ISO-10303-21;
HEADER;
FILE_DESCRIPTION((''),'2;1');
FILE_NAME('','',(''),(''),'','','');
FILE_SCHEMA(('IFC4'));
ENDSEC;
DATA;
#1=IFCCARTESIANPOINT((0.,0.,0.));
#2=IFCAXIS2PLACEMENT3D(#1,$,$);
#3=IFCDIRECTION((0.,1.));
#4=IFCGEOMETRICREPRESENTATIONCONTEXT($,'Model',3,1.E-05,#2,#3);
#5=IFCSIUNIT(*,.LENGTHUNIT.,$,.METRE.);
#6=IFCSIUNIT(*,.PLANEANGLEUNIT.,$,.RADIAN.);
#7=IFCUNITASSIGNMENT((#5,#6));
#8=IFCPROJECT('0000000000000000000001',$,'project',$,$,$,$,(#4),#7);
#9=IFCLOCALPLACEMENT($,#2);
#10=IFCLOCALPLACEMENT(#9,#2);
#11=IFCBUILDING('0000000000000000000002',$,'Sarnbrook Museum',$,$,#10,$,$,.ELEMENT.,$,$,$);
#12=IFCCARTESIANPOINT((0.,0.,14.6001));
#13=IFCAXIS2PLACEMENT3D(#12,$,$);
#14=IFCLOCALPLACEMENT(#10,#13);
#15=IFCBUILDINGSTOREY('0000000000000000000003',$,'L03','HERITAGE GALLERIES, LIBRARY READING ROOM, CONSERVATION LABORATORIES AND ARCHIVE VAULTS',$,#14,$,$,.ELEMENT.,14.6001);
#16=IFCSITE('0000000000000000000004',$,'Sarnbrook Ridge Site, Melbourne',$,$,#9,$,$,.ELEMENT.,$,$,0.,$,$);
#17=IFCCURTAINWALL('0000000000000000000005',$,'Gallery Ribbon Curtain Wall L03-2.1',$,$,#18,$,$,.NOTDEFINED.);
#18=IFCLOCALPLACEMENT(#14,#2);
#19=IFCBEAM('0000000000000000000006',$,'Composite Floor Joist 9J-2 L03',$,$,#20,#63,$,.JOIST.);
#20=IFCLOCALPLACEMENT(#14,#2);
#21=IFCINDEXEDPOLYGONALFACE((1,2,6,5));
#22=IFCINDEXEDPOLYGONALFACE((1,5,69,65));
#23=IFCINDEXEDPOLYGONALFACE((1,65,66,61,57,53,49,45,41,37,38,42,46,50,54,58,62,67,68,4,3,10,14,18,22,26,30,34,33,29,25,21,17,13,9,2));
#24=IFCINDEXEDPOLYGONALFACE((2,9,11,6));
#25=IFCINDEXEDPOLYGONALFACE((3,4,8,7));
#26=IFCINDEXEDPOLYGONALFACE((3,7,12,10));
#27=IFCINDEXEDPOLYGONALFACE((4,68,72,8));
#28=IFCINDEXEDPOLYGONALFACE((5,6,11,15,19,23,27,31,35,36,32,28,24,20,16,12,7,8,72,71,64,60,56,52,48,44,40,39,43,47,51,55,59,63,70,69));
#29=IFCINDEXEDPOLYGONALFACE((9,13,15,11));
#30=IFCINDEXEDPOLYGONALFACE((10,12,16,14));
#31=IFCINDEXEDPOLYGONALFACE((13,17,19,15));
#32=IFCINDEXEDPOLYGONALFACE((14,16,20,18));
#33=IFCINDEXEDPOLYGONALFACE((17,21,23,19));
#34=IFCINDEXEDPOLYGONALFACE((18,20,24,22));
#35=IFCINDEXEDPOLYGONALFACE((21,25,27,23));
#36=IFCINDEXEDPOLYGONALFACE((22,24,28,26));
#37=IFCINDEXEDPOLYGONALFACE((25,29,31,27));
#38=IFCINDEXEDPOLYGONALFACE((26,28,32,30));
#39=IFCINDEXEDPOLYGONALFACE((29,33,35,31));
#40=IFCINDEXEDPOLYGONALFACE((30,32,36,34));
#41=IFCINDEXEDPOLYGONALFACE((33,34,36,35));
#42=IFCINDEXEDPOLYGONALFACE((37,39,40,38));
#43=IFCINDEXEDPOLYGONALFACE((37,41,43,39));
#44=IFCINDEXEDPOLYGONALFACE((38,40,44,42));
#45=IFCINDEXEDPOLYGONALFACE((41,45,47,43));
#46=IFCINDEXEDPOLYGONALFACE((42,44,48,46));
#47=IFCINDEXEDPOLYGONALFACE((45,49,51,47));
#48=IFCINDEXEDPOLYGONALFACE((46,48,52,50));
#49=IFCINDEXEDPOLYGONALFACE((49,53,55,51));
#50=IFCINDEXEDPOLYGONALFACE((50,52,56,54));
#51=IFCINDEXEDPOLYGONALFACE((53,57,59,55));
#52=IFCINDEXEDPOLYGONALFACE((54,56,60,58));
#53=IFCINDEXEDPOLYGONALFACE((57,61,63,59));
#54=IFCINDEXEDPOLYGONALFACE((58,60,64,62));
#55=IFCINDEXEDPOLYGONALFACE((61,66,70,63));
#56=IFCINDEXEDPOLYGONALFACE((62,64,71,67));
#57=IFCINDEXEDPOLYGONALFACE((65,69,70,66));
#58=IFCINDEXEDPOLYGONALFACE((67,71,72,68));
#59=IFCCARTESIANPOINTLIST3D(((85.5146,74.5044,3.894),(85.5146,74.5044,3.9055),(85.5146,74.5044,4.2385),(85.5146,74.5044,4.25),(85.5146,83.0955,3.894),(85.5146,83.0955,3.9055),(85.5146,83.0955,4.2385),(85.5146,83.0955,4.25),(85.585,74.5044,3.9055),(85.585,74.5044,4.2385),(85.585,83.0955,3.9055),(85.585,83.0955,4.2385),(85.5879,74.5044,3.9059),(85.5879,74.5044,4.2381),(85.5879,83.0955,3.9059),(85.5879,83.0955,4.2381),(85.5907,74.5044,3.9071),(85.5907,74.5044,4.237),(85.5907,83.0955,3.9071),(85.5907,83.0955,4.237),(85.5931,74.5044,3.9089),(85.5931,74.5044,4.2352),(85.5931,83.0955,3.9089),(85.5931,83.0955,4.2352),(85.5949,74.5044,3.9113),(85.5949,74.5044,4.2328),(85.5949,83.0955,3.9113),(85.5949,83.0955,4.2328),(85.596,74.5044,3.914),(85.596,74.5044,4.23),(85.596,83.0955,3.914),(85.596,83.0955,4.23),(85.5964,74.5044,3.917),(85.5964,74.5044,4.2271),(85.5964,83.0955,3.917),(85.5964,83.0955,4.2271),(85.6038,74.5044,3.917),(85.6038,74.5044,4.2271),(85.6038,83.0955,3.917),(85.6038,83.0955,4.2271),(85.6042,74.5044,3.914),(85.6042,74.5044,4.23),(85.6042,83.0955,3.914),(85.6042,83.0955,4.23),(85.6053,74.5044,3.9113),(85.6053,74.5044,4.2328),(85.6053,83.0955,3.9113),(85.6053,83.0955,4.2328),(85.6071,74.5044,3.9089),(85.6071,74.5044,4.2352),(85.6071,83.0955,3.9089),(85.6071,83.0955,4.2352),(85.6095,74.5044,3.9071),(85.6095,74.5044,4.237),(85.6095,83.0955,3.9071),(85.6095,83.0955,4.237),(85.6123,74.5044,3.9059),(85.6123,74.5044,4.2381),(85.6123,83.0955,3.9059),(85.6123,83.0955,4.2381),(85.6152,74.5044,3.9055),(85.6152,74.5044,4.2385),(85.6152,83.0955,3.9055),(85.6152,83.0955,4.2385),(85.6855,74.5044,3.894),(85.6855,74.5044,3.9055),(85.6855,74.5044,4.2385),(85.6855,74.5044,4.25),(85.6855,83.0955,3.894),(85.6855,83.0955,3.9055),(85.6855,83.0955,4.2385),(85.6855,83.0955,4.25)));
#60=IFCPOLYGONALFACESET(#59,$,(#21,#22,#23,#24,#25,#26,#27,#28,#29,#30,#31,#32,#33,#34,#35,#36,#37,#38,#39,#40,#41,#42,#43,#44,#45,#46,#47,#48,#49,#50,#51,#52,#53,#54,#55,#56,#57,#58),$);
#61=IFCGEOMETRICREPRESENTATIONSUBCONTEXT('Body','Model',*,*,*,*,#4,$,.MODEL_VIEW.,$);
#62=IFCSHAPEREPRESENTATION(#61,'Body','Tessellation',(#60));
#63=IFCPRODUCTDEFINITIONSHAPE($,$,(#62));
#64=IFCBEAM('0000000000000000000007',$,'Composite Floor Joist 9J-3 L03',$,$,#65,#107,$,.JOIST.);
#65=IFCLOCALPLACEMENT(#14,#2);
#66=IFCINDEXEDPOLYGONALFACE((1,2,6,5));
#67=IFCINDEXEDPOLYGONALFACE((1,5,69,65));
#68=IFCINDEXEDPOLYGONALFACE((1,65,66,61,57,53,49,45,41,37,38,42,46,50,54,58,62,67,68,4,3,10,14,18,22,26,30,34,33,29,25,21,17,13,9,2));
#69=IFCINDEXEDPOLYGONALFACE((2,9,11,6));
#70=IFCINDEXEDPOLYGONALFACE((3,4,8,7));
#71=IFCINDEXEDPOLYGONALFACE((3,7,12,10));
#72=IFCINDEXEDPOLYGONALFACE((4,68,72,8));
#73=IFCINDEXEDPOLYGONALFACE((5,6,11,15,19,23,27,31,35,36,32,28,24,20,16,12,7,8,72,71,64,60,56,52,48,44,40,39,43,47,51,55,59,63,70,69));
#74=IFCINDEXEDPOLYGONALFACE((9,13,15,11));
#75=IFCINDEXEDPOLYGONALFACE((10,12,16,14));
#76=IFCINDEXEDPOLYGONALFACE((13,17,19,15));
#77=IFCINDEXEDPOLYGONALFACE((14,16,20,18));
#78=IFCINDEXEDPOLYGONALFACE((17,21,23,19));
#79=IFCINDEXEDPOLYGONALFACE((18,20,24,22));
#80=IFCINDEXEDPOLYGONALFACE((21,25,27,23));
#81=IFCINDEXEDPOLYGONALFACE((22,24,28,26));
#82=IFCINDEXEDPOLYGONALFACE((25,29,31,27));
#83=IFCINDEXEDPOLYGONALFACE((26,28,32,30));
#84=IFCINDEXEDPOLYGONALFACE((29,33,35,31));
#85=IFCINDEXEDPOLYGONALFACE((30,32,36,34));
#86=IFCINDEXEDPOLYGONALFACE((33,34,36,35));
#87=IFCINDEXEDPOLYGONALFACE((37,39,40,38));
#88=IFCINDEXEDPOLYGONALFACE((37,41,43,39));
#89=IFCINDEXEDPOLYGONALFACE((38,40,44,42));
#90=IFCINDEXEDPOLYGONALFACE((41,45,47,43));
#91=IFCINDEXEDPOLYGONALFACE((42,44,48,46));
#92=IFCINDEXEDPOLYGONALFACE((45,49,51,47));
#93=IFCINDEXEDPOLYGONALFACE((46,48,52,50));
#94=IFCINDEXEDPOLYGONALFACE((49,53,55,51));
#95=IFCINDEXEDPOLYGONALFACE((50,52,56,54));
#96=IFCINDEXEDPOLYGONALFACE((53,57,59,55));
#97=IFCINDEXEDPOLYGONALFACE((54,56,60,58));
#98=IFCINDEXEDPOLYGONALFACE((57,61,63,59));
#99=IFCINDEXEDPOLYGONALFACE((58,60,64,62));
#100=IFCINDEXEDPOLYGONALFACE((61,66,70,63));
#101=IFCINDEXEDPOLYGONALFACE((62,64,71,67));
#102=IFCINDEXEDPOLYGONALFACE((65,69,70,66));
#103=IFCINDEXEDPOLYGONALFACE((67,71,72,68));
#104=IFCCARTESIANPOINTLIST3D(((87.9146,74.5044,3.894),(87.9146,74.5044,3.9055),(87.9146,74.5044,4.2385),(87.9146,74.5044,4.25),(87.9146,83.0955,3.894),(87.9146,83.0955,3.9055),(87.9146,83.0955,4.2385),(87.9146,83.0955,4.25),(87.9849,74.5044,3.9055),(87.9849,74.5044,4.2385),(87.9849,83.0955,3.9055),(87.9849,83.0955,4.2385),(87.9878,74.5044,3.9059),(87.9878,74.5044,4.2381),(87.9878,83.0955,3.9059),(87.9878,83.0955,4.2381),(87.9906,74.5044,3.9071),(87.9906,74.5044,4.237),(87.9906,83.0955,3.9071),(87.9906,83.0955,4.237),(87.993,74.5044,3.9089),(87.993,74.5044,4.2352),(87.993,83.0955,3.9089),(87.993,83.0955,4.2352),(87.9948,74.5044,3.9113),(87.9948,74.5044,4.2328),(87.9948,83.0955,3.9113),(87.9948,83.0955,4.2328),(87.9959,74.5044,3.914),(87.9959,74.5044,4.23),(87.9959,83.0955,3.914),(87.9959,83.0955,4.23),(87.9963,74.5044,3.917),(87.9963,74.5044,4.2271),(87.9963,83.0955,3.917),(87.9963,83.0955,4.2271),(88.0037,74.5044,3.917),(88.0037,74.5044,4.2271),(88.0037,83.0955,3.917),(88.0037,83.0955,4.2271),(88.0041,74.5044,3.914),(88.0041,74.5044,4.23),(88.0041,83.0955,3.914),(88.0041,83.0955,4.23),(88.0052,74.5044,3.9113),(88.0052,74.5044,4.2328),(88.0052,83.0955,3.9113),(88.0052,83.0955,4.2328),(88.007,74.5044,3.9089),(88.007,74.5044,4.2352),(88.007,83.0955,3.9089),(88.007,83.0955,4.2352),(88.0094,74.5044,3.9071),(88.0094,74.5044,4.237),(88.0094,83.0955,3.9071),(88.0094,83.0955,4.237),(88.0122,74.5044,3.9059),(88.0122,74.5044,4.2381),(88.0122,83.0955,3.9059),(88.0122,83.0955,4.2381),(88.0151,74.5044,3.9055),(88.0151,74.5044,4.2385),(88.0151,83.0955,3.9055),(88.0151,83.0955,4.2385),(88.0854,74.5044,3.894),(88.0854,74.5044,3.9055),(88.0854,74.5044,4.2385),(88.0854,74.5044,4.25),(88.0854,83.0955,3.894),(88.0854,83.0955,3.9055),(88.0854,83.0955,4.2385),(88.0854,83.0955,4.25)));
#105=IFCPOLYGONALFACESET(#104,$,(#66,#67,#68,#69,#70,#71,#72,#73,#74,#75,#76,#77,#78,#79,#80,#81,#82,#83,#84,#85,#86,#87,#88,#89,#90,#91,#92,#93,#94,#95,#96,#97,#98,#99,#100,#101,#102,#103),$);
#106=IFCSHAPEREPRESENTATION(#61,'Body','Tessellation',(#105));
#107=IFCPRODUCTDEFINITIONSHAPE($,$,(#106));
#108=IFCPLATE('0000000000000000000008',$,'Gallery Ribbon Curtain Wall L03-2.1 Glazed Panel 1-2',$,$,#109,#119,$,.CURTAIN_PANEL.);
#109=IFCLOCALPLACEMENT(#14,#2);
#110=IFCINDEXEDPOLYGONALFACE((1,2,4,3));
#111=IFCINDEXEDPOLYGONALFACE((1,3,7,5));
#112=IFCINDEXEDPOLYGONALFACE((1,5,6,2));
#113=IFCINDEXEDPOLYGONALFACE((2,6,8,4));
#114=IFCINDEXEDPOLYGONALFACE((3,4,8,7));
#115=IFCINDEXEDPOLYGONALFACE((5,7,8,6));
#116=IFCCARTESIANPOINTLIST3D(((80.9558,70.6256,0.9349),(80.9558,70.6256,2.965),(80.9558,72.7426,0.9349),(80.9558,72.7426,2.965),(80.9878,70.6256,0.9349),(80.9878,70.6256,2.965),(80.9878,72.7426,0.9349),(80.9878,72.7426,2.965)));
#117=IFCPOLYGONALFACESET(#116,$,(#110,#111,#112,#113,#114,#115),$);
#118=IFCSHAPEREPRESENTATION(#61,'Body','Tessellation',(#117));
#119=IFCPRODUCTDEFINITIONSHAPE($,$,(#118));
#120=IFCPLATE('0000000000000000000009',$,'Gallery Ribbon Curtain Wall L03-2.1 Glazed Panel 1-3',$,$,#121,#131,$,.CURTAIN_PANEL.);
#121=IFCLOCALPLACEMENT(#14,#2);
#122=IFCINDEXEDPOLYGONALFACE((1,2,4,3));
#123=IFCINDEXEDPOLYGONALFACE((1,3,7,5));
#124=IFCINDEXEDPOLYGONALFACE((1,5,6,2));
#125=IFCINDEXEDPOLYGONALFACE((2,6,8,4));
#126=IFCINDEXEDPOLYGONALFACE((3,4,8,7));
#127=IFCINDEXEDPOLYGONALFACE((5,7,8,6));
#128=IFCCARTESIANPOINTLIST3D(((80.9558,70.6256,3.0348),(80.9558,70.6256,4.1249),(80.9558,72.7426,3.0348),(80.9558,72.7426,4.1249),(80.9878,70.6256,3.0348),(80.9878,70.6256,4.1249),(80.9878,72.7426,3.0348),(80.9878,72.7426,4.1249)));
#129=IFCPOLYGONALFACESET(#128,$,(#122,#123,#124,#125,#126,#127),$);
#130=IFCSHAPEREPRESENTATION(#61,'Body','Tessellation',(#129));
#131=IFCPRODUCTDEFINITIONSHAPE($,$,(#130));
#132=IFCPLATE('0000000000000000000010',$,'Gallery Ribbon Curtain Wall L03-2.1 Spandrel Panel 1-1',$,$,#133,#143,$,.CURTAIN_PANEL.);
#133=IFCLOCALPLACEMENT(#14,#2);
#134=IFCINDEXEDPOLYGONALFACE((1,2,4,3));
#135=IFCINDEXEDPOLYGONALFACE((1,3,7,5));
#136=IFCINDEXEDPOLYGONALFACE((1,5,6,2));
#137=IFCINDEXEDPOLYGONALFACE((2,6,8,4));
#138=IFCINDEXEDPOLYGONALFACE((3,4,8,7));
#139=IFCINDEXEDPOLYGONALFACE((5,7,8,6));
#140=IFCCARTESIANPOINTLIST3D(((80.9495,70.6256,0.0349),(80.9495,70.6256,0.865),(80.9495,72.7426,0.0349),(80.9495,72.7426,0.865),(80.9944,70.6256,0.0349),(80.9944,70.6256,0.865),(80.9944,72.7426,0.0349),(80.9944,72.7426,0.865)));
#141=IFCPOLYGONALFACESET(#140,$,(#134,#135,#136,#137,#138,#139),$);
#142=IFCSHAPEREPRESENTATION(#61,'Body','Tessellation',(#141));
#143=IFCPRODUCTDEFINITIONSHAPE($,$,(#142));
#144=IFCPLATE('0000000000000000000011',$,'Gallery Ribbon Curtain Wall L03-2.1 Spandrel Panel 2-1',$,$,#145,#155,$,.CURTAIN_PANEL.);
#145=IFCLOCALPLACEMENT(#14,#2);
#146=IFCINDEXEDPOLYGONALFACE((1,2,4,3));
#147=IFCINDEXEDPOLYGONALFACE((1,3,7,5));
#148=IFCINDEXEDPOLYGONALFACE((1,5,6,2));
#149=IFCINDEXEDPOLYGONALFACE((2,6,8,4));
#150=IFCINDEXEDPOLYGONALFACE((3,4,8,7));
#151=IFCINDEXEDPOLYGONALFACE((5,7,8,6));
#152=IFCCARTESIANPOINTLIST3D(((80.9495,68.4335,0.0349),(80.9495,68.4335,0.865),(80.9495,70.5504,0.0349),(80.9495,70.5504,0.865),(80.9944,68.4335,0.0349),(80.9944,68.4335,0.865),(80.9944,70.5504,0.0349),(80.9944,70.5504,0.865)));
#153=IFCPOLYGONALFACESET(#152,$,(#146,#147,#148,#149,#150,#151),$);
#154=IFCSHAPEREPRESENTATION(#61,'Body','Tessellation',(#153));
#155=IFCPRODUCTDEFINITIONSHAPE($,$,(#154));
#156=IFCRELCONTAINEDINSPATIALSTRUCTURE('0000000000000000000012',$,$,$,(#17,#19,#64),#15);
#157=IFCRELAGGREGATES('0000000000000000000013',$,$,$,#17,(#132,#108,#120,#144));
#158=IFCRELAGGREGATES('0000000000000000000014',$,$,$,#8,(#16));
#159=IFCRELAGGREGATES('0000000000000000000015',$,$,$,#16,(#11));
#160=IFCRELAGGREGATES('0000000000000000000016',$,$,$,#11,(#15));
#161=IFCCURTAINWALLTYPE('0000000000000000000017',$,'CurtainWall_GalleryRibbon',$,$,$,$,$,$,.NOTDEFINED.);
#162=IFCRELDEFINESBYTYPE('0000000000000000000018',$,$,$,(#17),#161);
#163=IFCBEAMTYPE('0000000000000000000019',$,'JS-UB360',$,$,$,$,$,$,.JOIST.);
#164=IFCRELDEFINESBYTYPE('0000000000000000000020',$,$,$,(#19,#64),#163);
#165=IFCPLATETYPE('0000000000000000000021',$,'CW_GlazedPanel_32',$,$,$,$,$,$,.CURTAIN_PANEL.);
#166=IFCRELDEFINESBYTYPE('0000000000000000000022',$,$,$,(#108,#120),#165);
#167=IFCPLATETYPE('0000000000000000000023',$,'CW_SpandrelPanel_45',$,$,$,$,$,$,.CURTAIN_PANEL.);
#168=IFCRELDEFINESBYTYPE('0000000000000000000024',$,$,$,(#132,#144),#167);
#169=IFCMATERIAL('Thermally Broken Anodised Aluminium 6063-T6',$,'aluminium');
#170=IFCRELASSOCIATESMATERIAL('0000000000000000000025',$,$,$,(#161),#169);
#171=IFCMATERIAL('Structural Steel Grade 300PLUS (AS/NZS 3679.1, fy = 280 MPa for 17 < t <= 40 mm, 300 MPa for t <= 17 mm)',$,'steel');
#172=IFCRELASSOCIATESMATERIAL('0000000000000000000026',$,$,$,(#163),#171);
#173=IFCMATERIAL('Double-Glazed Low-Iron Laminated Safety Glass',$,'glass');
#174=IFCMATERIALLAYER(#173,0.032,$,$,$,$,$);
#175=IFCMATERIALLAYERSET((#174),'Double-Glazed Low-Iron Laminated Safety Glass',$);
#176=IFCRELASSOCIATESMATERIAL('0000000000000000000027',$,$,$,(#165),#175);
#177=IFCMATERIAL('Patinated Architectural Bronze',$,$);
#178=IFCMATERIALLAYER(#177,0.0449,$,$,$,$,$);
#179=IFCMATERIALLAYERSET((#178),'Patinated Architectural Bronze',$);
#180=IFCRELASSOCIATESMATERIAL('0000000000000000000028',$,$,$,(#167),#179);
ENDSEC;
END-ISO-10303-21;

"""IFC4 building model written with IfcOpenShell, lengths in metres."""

from ifc_helpers import new_model, si_unit, direction, frame, origin, origin_2d, place, context, subcontext, project, spatial, rectangle, i_section, extrude, material, layer, layer_set, material_profile, profile_set, type_object, element, aggregate, save


model = new_model("IFC4")

# Units and contexts
model_context = context("Model", 3, precision=1e-05, world=origin(), true_north=direction((0.0, 1.0)))
body_context = subcontext(model_context, "Body", "Model", "MODEL_VIEW")
ifc_project = project(units=[si_unit("LENGTHUNIT", "METRE"), si_unit("PLANEANGLEUNIT", "RADIAN")], contexts=[model_context])

# Site, building, storey
site_placement = place(None, origin())
site = spatial("IfcSite", under=ifc_project, at=site_placement, Name="Sarnbrook Ridge Site, Melbourne", CompositionType="ELEMENT", RefElevation=0.0)
building_placement = place(site_placement, origin())
building = spatial("IfcBuilding", under=site, at=building_placement, Name="Sarnbrook Museum", CompositionType="ELEMENT")
storey_placement = place(building_placement, frame((0.0, 0.0, 14.6001)))
storey = spatial("IfcBuildingStorey", under=building, at=storey_placement, Name="L03", Description="HERITAGE GALLERIES, LIBRARY READING ROOM, CONSERVATION LABORATORIES AND ARCHIVE VAULTS", CompositionType="ELEMENT", Elevation=14.6001)

# Shared definitions
ifc_material_1 = material(Name="Structural Steel Grade 300PLUS (AS/NZS 3679.1, fy = 280 MPa for 17 < t <= 40 mm, 300 MPa for t <= 17 mm)", Category="steel")

# Curtain wall
ifc_material_2 = material(Name="Thermally Broken Anodised Aluminium 6063-T6", Category="aluminium")
curtain_wall_type = type_object("IfcCurtainWallType", Name="CurtainWall_GalleryRibbon", PredefinedType="NOTDEFINED", material=ifc_material_2)
curtain_wall_placement = place(storey_placement, origin())
curtain_wall = element("IfcCurtainWall", 1, at=curtain_wall_placement, inside=storey, type_object=curtain_wall_type, Name="Gallery Ribbon Curtain Wall L03-2.1", PredefinedType="NOTDEFINED")

# Beams
ifc_material_profile_1 = material_profile(ifc_material_1, i_section(OverallWidth=0.1709, OverallDepth=0.356, WebThickness=0.0073, FlangeThickness=0.0115, FilletRadius=0.0115, at=origin_2d()), Name="360UB50.7")
ifc_profile_set_1 = profile_set([ifc_material_profile_1], Name="Structural Steel Grade 300PLUS (AS/NZS 3679.1, fy = 280 MPa for 17 < t <= 40 mm, 300 MPa for t <= 17 mm)")
beam_type = type_object("IfcBeamType", Name="JS-UB360", PredefinedType="JOIST", material=ifc_profile_set_1)
for number, where, z_axis, x_axis, name in (
    (2, (85.6001, 74.5044, 4.072), (0.0, 1.0, 0.0), (-1.0, 0.0, 0.0), "Composite Floor Joist 9J-2 L03"),
    (3, (88.0, 74.5044, 4.072), (0.0, 1.0, 0.0), (-1.0, 0.0, 0.0), "Composite Floor Joist 9J-3 L03"),
):
    element("IfcBeam", number, at=place(storey_placement, frame(where, z_axis=z_axis, x_axis=x_axis)), inside=storey, type_object=beam_type, Name=name, PredefinedType="JOIST", context=body_context, shape_type="SweptSolid", body=[
        extrude(i_section(OverallWidth=0.1709, OverallDepth=0.356, WebThickness=0.0073, FlangeThickness=0.0115, FilletRadius=0.0115, at=origin_2d()), origin(), (0.0, 0.0, 1.0), 8.5911),
    ])

# Plates
ifc_material_3 = material(Name="Double-Glazed Low-Iron Laminated Safety Glass", Category="glass")
ifc_layer_1 = layer(ifc_material_3, 0.032)
ifc_layer_set_1 = layer_set([ifc_layer_1], Name="Double-Glazed Low-Iron Laminated Safety Glass")
plate_type_1 = type_object("IfcPlateType", Name="CW_GlazedPanel_32", PredefinedType="CURTAIN_PANEL", material=ifc_layer_set_1)
plate_1_placement = place(storey_placement, frame((80.9878, 71.6841, 1.95), z_axis=(-1.0, 0.0, 0.0), x_axis=(0.0, -1.0, 0.0)))
plate_1 = element("IfcPlate", 4, at=plate_1_placement, type_object=plate_type_1, Name="Gallery Ribbon Curtain Wall L03-2.1 Glazed Panel 1-2", PredefinedType="CURTAIN_PANEL", context=body_context, shape_type="SweptSolid", body=[
    extrude(rectangle(XDim=2.1169, YDim=2.03, at=origin_2d()), origin(), (0.0, 0.0, 1.0), 0.032),
])
plate_2_placement = place(storey_placement, frame((80.9878, 71.6841, 3.5798), z_axis=(-1.0, 0.0, 0.0), x_axis=(0.0, -1.0, 0.0)))
plate_2 = element("IfcPlate", 5, at=plate_2_placement, type_object=plate_type_1, Name="Gallery Ribbon Curtain Wall L03-2.1 Glazed Panel 1-3", PredefinedType="CURTAIN_PANEL", context=body_context, shape_type="SweptSolid", body=[
    extrude(rectangle(XDim=2.1169, YDim=1.0901, at=origin_2d()), origin(), (0.0, 0.0, 1.0), 0.032),
])
ifc_material_4 = material(Name="Patinated Architectural Bronze")
ifc_layer_2 = layer(ifc_material_4, 0.0449)
ifc_layer_set_2 = layer_set([ifc_layer_2], Name="Patinated Architectural Bronze")
plate_type_2 = type_object("IfcPlateType", Name="CW_SpandrelPanel_45", PredefinedType="CURTAIN_PANEL", material=ifc_layer_set_2)
plate_3_placement = place(storey_placement, frame((80.9944, 71.6841, 0.45), z_axis=(-1.0, 0.0, 0.0), x_axis=(0.0, -1.0, 0.0)))
plate_3 = element("IfcPlate", 6, at=plate_3_placement, type_object=plate_type_2, Name="Gallery Ribbon Curtain Wall L03-2.1 Spandrel Panel 1-1", PredefinedType="CURTAIN_PANEL", context=body_context, shape_type="SweptSolid", body=[
    extrude(rectangle(XDim=2.1169, YDim=0.8301, at=origin_2d()), origin(), (0.0, 0.0, 1.0), 0.0449),
])
plate_4_placement = place(storey_placement, frame((80.9944, 69.4919, 0.45), z_axis=(-1.0, 0.0, 0.0), x_axis=(0.0, -1.0, 0.0)))
plate_4 = element("IfcPlate", 7, at=plate_4_placement, type_object=plate_type_2, Name="Gallery Ribbon Curtain Wall L03-2.1 Spandrel Panel 2-1", PredefinedType="CURTAIN_PANEL", context=body_context, shape_type="SweptSolid", body=[
    extrude(rectangle(XDim=2.1169, YDim=0.8301, at=origin_2d()), origin(), (0.0, 0.0, 1.0), 0.0449),
])
aggregate(curtain_wall, [plate_3, plate_1, plate_2, plate_4])

save(model, "model.ifc")
